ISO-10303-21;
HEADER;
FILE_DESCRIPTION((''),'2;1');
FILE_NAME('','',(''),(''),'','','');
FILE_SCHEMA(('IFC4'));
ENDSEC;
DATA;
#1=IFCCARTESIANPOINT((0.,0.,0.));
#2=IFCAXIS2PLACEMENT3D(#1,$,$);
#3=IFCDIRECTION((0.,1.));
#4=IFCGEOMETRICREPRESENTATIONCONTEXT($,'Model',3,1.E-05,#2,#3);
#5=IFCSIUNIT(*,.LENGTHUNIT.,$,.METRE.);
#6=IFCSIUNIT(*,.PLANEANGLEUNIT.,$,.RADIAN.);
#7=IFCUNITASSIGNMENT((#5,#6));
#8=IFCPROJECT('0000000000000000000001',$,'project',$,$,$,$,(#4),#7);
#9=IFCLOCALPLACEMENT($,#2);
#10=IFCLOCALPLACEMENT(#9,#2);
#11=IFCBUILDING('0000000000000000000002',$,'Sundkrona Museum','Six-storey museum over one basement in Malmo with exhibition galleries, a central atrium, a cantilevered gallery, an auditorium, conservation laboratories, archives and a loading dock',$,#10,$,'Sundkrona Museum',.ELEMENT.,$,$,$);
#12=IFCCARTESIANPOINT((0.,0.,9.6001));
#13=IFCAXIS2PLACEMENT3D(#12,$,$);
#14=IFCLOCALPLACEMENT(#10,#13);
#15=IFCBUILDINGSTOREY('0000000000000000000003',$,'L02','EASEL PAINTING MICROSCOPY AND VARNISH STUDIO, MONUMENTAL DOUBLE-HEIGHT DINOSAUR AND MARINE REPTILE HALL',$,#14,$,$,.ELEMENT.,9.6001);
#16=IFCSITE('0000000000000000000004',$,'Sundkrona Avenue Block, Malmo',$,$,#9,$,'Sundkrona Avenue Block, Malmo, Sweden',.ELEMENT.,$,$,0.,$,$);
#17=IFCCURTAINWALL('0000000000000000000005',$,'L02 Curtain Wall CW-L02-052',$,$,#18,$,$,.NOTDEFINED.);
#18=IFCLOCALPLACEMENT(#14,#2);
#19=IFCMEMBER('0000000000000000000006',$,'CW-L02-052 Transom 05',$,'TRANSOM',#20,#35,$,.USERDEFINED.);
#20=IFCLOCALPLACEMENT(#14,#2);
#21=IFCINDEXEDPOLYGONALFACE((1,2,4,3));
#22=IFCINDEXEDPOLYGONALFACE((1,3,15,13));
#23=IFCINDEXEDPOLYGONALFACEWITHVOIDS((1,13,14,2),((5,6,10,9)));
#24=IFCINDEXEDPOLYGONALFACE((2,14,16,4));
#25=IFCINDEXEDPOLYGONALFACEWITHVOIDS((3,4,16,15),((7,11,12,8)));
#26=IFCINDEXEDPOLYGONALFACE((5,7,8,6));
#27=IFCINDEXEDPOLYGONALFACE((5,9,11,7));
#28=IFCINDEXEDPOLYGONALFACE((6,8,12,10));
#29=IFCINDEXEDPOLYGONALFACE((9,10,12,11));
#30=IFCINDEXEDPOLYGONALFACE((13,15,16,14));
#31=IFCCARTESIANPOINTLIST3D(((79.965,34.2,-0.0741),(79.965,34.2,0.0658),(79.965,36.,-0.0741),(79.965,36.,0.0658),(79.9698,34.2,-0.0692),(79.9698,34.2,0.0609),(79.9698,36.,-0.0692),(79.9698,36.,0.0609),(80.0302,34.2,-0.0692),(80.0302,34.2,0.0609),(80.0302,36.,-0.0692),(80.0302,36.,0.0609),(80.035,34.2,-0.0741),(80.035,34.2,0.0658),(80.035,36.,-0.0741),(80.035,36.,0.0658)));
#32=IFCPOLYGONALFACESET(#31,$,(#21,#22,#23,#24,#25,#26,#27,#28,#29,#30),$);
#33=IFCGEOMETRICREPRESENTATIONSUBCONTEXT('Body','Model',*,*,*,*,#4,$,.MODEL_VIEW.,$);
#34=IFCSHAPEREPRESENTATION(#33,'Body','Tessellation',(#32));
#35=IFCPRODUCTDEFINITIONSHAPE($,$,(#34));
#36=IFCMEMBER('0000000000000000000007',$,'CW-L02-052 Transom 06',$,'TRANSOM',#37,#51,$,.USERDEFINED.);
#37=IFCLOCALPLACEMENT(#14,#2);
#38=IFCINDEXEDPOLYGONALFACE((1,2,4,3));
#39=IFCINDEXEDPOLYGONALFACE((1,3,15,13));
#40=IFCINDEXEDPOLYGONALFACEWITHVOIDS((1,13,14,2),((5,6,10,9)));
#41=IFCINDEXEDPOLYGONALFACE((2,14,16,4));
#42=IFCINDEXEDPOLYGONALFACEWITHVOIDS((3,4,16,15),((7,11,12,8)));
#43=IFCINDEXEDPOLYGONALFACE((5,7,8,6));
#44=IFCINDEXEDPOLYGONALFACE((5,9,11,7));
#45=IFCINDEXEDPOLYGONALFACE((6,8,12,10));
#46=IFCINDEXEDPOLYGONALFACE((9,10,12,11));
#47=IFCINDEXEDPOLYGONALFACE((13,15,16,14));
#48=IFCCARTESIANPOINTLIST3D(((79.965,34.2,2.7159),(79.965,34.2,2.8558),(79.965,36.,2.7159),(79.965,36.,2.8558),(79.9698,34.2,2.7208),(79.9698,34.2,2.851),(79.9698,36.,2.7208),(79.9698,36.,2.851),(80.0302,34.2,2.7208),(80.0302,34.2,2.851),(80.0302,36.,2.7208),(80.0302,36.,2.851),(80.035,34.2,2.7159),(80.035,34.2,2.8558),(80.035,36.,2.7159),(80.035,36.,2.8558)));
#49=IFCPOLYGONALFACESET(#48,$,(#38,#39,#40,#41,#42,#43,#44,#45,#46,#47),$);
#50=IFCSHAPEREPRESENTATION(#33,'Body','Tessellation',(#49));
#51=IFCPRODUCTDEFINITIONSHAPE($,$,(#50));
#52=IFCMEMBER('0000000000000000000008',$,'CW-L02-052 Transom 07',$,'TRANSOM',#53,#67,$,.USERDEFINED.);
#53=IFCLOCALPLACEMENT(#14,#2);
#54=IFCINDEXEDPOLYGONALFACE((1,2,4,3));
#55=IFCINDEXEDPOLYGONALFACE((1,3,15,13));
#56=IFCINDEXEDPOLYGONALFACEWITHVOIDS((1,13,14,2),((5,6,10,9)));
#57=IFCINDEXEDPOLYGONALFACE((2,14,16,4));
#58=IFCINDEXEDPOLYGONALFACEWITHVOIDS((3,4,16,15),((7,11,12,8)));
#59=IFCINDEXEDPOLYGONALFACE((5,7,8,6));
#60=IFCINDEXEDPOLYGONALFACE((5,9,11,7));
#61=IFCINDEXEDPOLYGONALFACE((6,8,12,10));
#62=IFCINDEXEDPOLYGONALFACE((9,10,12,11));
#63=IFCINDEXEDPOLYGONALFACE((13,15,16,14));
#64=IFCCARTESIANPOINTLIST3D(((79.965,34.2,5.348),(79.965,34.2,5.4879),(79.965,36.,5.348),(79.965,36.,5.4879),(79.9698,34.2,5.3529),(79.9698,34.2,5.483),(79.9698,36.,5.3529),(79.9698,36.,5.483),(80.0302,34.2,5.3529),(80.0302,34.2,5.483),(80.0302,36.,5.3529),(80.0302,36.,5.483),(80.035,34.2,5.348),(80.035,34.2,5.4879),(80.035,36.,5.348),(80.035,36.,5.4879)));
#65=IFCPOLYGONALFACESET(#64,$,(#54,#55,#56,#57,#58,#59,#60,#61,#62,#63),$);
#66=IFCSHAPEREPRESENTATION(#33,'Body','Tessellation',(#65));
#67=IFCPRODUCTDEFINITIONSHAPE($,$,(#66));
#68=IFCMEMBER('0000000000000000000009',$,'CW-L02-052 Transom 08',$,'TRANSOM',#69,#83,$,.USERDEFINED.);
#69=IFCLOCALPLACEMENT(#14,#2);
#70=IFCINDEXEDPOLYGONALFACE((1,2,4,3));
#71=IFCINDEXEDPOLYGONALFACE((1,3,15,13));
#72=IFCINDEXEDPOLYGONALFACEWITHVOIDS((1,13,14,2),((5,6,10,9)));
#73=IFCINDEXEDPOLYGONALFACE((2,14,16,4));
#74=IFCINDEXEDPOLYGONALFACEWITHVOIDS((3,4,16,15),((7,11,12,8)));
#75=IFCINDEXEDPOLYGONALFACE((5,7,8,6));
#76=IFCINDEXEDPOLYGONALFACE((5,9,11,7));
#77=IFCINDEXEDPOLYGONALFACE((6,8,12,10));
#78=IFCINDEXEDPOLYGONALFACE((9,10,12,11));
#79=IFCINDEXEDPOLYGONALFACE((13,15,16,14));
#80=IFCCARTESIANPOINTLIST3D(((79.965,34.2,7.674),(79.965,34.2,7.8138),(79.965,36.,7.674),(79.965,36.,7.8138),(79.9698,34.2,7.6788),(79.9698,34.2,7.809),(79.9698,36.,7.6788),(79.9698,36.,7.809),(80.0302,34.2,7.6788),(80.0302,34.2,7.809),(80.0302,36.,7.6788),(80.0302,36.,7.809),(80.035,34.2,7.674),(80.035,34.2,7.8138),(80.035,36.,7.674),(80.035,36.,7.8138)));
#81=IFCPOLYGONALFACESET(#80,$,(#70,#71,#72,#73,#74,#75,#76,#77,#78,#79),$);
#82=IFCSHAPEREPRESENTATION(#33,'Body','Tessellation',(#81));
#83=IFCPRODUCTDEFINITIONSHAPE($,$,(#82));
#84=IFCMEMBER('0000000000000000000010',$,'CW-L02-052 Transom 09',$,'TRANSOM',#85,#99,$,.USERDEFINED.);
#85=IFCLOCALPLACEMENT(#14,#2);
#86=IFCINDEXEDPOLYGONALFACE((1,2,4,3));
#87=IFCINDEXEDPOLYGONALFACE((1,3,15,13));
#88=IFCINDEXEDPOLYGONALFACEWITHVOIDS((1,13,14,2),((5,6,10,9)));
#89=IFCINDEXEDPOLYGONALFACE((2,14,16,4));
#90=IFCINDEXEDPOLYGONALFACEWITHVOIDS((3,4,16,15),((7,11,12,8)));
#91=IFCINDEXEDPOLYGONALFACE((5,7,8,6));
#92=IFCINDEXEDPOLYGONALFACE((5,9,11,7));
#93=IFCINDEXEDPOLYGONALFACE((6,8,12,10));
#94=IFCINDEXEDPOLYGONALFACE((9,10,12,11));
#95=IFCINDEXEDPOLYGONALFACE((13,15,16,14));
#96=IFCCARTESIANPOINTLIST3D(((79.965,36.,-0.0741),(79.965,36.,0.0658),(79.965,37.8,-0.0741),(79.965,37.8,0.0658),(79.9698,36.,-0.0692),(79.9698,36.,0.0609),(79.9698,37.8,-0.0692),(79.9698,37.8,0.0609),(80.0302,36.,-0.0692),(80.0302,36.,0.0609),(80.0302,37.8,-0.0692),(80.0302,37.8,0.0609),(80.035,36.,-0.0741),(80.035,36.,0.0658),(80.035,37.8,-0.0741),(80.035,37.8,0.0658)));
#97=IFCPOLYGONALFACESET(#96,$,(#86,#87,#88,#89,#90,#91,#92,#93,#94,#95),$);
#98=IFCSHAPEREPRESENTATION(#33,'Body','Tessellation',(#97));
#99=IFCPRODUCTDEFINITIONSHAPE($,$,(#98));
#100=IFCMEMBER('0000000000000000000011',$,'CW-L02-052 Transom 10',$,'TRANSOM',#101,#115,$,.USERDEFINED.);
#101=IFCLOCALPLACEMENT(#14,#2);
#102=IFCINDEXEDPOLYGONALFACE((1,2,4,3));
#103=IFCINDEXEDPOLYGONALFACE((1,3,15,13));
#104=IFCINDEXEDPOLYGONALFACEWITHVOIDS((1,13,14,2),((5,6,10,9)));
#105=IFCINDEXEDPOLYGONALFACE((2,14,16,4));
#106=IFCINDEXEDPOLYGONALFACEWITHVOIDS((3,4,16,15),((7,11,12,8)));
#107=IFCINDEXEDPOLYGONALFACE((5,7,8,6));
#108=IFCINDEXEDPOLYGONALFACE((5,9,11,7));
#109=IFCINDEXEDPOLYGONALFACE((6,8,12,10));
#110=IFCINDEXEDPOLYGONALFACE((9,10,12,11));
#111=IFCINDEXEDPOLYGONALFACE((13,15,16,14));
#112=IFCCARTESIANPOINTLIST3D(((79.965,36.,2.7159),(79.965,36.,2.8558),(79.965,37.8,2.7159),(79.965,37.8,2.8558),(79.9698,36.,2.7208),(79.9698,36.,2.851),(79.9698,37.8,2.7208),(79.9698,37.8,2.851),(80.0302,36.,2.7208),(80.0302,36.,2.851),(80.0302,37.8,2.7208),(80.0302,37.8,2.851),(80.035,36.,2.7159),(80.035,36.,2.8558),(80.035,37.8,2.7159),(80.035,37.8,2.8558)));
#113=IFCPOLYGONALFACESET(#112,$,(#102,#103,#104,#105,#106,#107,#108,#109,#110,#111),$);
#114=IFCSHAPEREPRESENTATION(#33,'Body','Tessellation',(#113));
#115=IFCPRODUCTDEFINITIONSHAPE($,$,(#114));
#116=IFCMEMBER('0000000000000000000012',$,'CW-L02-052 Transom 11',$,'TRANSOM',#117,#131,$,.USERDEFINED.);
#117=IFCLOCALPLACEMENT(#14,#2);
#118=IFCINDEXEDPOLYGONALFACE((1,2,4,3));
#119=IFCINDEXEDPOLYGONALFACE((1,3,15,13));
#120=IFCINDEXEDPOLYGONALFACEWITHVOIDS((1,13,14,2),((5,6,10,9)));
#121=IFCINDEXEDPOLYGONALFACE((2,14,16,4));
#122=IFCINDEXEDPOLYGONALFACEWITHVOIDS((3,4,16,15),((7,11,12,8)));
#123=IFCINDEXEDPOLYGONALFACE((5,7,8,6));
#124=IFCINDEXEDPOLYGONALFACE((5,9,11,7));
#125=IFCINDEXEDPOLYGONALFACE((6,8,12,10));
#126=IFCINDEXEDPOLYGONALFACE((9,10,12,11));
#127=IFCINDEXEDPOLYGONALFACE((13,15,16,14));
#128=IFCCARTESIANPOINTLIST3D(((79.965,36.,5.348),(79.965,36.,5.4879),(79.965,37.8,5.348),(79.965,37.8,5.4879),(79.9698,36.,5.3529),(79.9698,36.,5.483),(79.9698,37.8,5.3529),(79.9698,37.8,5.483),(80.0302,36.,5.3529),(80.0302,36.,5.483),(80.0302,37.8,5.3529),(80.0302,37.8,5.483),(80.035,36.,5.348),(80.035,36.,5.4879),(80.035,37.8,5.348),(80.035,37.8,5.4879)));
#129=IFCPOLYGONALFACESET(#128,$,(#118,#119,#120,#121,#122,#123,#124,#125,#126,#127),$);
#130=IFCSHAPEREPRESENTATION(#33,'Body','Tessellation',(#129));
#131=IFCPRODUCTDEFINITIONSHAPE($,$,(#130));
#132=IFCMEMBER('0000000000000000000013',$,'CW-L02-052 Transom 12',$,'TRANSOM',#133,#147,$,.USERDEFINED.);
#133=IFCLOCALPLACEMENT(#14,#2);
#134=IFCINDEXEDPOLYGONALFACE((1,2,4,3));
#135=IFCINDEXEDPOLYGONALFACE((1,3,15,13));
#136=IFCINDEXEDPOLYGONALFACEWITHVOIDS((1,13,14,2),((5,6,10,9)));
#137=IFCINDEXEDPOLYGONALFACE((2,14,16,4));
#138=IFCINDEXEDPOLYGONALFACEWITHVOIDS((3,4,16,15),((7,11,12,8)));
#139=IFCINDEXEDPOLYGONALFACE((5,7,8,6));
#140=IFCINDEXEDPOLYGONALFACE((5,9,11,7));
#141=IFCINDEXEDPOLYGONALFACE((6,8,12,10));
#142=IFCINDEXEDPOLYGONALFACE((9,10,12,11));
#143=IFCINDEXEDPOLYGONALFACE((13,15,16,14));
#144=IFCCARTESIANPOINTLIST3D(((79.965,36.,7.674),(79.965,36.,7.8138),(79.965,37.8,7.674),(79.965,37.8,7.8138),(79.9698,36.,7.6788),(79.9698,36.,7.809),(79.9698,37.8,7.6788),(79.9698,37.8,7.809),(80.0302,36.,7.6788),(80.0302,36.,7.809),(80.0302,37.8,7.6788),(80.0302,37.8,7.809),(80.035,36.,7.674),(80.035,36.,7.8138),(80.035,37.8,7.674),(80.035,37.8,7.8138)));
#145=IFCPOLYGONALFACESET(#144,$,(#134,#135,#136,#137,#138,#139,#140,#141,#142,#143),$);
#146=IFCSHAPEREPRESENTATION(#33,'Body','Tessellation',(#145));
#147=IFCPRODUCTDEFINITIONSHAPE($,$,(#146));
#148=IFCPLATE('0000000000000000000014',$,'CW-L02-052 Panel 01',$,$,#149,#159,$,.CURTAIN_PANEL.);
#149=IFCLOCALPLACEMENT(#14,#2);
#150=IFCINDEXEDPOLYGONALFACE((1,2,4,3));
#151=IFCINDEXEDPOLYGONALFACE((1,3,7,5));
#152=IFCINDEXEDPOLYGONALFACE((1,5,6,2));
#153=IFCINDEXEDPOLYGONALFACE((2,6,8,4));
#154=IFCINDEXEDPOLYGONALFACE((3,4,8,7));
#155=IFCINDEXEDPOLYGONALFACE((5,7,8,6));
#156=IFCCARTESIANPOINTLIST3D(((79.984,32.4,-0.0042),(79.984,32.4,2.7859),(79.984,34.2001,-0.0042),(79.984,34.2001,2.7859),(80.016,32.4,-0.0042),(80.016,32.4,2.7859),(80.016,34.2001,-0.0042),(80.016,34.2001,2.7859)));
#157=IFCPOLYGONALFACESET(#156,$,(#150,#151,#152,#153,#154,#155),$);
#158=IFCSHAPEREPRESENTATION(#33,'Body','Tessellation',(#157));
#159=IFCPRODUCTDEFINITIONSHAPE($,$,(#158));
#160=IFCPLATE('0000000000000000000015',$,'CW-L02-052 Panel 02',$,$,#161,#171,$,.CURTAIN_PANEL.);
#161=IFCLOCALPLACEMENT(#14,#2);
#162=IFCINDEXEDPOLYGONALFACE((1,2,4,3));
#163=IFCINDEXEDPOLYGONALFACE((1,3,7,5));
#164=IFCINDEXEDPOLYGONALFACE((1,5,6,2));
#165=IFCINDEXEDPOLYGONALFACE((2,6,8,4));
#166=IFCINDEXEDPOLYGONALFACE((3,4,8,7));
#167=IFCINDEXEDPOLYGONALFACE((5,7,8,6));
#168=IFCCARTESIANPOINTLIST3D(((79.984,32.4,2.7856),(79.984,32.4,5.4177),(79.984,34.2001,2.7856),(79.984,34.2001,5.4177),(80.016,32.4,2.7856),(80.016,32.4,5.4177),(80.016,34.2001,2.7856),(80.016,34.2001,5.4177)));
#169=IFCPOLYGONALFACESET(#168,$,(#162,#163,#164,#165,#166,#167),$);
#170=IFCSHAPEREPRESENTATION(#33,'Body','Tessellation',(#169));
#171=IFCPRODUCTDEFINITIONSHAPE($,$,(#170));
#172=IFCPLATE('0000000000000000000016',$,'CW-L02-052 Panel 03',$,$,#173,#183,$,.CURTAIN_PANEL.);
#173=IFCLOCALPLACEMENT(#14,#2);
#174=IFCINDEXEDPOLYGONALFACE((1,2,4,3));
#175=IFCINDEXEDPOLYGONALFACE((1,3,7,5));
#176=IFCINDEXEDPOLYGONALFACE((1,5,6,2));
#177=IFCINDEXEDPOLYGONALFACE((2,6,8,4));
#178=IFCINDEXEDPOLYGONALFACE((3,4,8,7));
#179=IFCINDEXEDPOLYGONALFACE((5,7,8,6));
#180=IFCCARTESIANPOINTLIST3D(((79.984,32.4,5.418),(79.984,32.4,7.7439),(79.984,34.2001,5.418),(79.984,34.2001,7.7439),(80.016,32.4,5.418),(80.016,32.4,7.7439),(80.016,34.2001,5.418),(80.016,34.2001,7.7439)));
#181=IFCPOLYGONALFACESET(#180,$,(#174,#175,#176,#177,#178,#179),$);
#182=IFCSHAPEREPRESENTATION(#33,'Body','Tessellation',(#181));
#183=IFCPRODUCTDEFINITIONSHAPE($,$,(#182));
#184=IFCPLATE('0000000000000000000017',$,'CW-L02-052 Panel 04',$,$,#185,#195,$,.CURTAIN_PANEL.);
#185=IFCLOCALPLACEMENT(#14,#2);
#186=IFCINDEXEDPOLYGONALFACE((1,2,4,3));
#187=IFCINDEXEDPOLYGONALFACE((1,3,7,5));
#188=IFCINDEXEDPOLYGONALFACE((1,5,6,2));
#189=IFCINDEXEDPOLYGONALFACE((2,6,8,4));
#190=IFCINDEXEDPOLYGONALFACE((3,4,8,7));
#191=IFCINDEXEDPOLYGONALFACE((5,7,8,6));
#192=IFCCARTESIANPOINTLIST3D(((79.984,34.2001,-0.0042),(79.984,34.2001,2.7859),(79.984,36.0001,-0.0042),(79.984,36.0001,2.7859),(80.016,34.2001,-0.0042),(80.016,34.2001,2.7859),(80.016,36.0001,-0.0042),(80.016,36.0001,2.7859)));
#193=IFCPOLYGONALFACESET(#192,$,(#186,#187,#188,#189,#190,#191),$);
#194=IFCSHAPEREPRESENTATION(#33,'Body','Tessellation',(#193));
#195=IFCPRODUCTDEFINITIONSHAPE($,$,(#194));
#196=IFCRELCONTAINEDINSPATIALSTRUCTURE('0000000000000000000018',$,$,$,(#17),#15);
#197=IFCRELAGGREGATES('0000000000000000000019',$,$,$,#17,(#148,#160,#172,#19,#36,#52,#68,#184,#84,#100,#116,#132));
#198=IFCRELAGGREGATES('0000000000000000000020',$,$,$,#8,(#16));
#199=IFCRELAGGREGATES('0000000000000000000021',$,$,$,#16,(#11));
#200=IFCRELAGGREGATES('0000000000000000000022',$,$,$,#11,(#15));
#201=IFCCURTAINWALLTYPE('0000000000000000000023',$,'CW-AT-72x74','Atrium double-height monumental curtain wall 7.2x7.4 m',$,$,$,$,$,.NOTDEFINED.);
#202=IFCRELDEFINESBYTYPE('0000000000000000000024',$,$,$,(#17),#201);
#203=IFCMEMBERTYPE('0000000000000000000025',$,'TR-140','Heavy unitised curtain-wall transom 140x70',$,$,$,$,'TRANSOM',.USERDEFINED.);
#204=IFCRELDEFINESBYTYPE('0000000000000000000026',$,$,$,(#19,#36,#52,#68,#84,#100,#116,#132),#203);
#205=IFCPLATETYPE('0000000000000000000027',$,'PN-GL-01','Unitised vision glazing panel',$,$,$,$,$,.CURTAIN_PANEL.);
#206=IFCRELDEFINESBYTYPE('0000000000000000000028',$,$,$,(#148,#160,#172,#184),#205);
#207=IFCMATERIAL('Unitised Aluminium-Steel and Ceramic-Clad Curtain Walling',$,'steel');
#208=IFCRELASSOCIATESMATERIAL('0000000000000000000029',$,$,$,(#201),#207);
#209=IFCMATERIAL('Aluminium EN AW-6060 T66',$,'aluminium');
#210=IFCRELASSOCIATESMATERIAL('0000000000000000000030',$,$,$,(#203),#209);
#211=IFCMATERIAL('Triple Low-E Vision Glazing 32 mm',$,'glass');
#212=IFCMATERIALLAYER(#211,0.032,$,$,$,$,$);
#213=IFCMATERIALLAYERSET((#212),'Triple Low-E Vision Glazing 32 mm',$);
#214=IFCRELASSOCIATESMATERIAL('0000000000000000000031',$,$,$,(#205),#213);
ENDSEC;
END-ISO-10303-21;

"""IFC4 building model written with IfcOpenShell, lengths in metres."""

from ifc_helpers import new_model, si_unit, direction, frame, origin, origin_2d, place, context, subcontext, project, spatial, rectangle, hollow_rectangle, extrude, material, layer, layer_set, material_profile, profile_set, type_object, element, aggregate, save


model = new_model("IFC4")

# Units and contexts
model_context = context("Model", 3, precision=1e-05, world=origin(), true_north=direction((0.0, 1.0)))
body_context = subcontext(model_context, "Body", "Model", "MODEL_VIEW")
ifc_project = project(units=[si_unit("LENGTHUNIT", "METRE"), si_unit("PLANEANGLEUNIT", "RADIAN")], contexts=[model_context])

# Site, building, storey
site_placement = place(None, origin())
site = spatial("IfcSite", under=ifc_project, at=site_placement, Name="Sundkrona Avenue Block, Malmo", LongName="Sundkrona Avenue Block, Malmo, Sweden", CompositionType="ELEMENT", RefElevation=0.0)
building_placement = place(site_placement, origin())
building = spatial("IfcBuilding", under=site, at=building_placement, Name="Sundkrona Museum", Description="Six-storey museum over one basement in Malmo with exhibition galleries, a central atrium, a cantilevered gallery, an auditorium, conservation laboratories, archives and a loading dock", LongName="Sundkrona Museum", CompositionType="ELEMENT")
storey_placement = place(building_placement, frame((0.0, 0.0, 9.6001)))
storey = spatial("IfcBuildingStorey", under=building, at=storey_placement, Name="L02", Description="EASEL PAINTING MICROSCOPY AND VARNISH STUDIO, MONUMENTAL DOUBLE-HEIGHT DINOSAUR AND MARINE REPTILE HALL", CompositionType="ELEMENT", Elevation=9.6001)

# Curtain wall
ifc_material_1 = material(Name="Unitised Aluminium-Steel and Ceramic-Clad Curtain Walling", Category="steel")
curtain_wall_type = type_object("IfcCurtainWallType", Name="CW-AT-72x74", Description="Atrium double-height monumental curtain wall 7.2x7.4 m", PredefinedType="NOTDEFINED", material=ifc_material_1)
curtain_wall_placement = place(storey_placement, origin())
curtain_wall = element("IfcCurtainWall", 1, at=curtain_wall_placement, inside=storey, type_object=curtain_wall_type, Name="L02 Curtain Wall CW-L02-052", PredefinedType="NOTDEFINED")
ifc_material_2 = material(Name="Aluminium EN AW-6060 T66", Category="aluminium")

# Members
ifc_material_profile_1 = material_profile(ifc_material_2, hollow_rectangle(XDim=0.0701, YDim=0.1399, WallThickness=0.0049, at=origin_2d()), Name="RHS 140x70x5.0")
ifc_profile_set_1 = profile_set([ifc_material_profile_1], Name="Aluminium EN AW-6060 T66")
member_type_1 = type_object("IfcMemberType", Name="TR-140", Description="Heavy unitised curtain-wall transom 140x70", ElementType="TRANSOM", PredefinedType="USERDEFINED", material=ifc_profile_set_1)
member_1_placement = place(storey_placement, frame((80.0, 34.2, -0.0042), z_axis=(0.0, 1.0, 0.0), x_axis=(-1.0, 0.0, 0.0)))
member_1 = element("IfcMember", 2, at=member_1_placement, type_object=member_type_1, Name="CW-L02-052 Transom 05", ObjectType="TRANSOM", PredefinedType="USERDEFINED", context=body_context, shape_type="SweptSolid", body=[
    extrude(hollow_rectangle(XDim=0.0701, YDim=0.1399, WallThickness=0.0049, at=origin_2d()), origin(), (0.0, 0.0, 1.0), 1.8),
])
member_2_placement = place(storey_placement, frame((80.0, 34.2, 2.7859), z_axis=(0.0, 1.0, 0.0), x_axis=(-1.0, 0.0, 0.0)))
member_2 = element("IfcMember", 3, at=member_2_placement, type_object=member_type_1, Name="CW-L02-052 Transom 06", ObjectType="TRANSOM", PredefinedType="USERDEFINED", context=body_context, shape_type="SweptSolid", body=[
    extrude(hollow_rectangle(XDim=0.0701, YDim=0.1399, WallThickness=0.0049, at=origin_2d()), origin(), (0.0, 0.0, 1.0), 1.8),
])
member_3_placement = place(storey_placement, frame((80.0, 34.2, 5.418), z_axis=(0.0, 1.0, 0.0), x_axis=(-1.0, 0.0, 0.0)))
member_3 = element("IfcMember", 4, at=member_3_placement, type_object=member_type_1, Name="CW-L02-052 Transom 07", ObjectType="TRANSOM", PredefinedType="USERDEFINED", context=body_context, shape_type="SweptSolid", body=[
    extrude(hollow_rectangle(XDim=0.0701, YDim=0.1399, WallThickness=0.0049, at=origin_2d()), origin(), (0.0, 0.0, 1.0), 1.8),
])
member_4_placement = place(storey_placement, frame((80.0, 34.2, 7.7439), z_axis=(0.0, 1.0, 0.0), x_axis=(-1.0, 0.0, 0.0)))
member_4 = element("IfcMember", 5, at=member_4_placement, type_object=member_type_1, Name="CW-L02-052 Transom 08", ObjectType="TRANSOM", PredefinedType="USERDEFINED", context=body_context, shape_type="SweptSolid", body=[
    extrude(hollow_rectangle(XDim=0.0701, YDim=0.1399, WallThickness=0.0049, at=origin_2d()), origin(), (0.0, 0.0, 1.0), 1.8),
])
member_5_placement = place(storey_placement, frame((80.0, 36.0, -0.0042), z_axis=(0.0, 1.0, 0.0), x_axis=(-1.0, 0.0, 0.0)))
member_5 = element("IfcMember", 6, at=member_5_placement, type_object=member_type_1, Name="CW-L02-052 Transom 09", ObjectType="TRANSOM", PredefinedType="USERDEFINED", context=body_context, shape_type="SweptSolid", body=[
    extrude(hollow_rectangle(XDim=0.0701, YDim=0.1399, WallThickness=0.0049, at=origin_2d()), origin(), (0.0, 0.0, 1.0), 1.8),
])
member_6_placement = place(storey_placement, frame((80.0, 36.0, 2.7859), z_axis=(0.0, 1.0, 0.0), x_axis=(-1.0, 0.0, 0.0)))
member_6 = element("IfcMember", 7, at=member_6_placement, type_object=member_type_1, Name="CW-L02-052 Transom 10", ObjectType="TRANSOM", PredefinedType="USERDEFINED", context=body_context, shape_type="SweptSolid", body=[
    extrude(hollow_rectangle(XDim=0.0701, YDim=0.1399, WallThickness=0.0049, at=origin_2d()), origin(), (0.0, 0.0, 1.0), 1.8),
])
member_7_placement = place(storey_placement, frame((80.0, 36.0, 5.418), z_axis=(0.0, 1.0, 0.0), x_axis=(-1.0, 0.0, 0.0)))
member_7 = element("IfcMember", 8, at=member_7_placement, type_object=member_type_1, Name="CW-L02-052 Transom 11", ObjectType="TRANSOM", PredefinedType="USERDEFINED", context=body_context, shape_type="SweptSolid", body=[
    extrude(hollow_rectangle(XDim=0.0701, YDim=0.1399, WallThickness=0.0049, at=origin_2d()), origin(), (0.0, 0.0, 1.0), 1.8),
])
member_8_placement = place(storey_placement, frame((80.0, 36.0, 7.7439), z_axis=(0.0, 1.0, 0.0), x_axis=(-1.0, 0.0, 0.0)))
member_8 = element("IfcMember", 9, at=member_8_placement, type_object=member_type_1, Name="CW-L02-052 Transom 12", ObjectType="TRANSOM", PredefinedType="USERDEFINED", context=body_context, shape_type="SweptSolid", body=[
    extrude(hollow_rectangle(XDim=0.0701, YDim=0.1399, WallThickness=0.0049, at=origin_2d()), origin(), (0.0, 0.0, 1.0), 1.8),
])

# Plates
ifc_material_3 = material(Name="Triple Low-E Vision Glazing 32 mm", Category="glass")
ifc_layer_1 = layer(ifc_material_3, 0.032)
ifc_layer_set_1 = layer_set([ifc_layer_1], Name="Triple Low-E Vision Glazing 32 mm")
plate_type = type_object("IfcPlateType", Name="PN-GL-01", Description="Unitised vision glazing panel", PredefinedType="CURTAIN_PANEL", material=ifc_layer_set_1)
plate_1_placement = place(storey_placement, frame((80.0, 33.3, -0.0042), z_axis=(0.0, 0.0, 1.0), x_axis=(0.0, 1.0, 0.0)))
plate_1 = element("IfcPlate", 10, at=plate_1_placement, type_object=plate_type, Name="CW-L02-052 Panel 01", PredefinedType="CURTAIN_PANEL", context=body_context, shape_type="SweptSolid", body=[
    extrude(rectangle(XDim=1.8, YDim=0.032, at=origin_2d()), origin(), (0.0, 0.0, 1.0), 2.79),
])
plate_2_placement = place(storey_placement, frame((80.0, 33.3, 2.7856), z_axis=(0.0, 0.0, 1.0), x_axis=(0.0, 1.0, 0.0)))
plate_2 = element("IfcPlate", 11, at=plate_2_placement, type_object=plate_type, Name="CW-L02-052 Panel 02", PredefinedType="CURTAIN_PANEL", context=body_context, shape_type="SweptSolid", body=[
    extrude(rectangle(XDim=1.8, YDim=0.032, at=origin_2d()), origin(), (0.0, 0.0, 1.0), 2.6321),
])
plate_3_placement = place(storey_placement, frame((80.0, 33.3, 5.418), z_axis=(0.0, 0.0, 1.0), x_axis=(0.0, 1.0, 0.0)))
plate_3 = element("IfcPlate", 12, at=plate_3_placement, type_object=plate_type, Name="CW-L02-052 Panel 03", PredefinedType="CURTAIN_PANEL", context=body_context, shape_type="SweptSolid", body=[
    extrude(rectangle(XDim=1.8, YDim=0.032, at=origin_2d()), origin(), (0.0, 0.0, 1.0), 2.3259),
])
plate_4_placement = place(storey_placement, frame((80.0, 35.1001, -0.0042), z_axis=(0.0, 0.0, 1.0), x_axis=(0.0, 1.0, 0.0)))
plate_4 = element("IfcPlate", 13, at=plate_4_placement, type_object=plate_type, Name="CW-L02-052 Panel 04", PredefinedType="CURTAIN_PANEL", context=body_context, shape_type="SweptSolid", body=[
    extrude(rectangle(XDim=1.8, YDim=0.032, at=origin_2d()), origin(), (0.0, 0.0, 1.0), 2.79),
])
aggregate(curtain_wall, [plate_1, plate_2, plate_3, member_1, member_2, member_3, member_4, plate_4, member_5, member_6, member_7, member_8])

save(model, "model.ifc")
